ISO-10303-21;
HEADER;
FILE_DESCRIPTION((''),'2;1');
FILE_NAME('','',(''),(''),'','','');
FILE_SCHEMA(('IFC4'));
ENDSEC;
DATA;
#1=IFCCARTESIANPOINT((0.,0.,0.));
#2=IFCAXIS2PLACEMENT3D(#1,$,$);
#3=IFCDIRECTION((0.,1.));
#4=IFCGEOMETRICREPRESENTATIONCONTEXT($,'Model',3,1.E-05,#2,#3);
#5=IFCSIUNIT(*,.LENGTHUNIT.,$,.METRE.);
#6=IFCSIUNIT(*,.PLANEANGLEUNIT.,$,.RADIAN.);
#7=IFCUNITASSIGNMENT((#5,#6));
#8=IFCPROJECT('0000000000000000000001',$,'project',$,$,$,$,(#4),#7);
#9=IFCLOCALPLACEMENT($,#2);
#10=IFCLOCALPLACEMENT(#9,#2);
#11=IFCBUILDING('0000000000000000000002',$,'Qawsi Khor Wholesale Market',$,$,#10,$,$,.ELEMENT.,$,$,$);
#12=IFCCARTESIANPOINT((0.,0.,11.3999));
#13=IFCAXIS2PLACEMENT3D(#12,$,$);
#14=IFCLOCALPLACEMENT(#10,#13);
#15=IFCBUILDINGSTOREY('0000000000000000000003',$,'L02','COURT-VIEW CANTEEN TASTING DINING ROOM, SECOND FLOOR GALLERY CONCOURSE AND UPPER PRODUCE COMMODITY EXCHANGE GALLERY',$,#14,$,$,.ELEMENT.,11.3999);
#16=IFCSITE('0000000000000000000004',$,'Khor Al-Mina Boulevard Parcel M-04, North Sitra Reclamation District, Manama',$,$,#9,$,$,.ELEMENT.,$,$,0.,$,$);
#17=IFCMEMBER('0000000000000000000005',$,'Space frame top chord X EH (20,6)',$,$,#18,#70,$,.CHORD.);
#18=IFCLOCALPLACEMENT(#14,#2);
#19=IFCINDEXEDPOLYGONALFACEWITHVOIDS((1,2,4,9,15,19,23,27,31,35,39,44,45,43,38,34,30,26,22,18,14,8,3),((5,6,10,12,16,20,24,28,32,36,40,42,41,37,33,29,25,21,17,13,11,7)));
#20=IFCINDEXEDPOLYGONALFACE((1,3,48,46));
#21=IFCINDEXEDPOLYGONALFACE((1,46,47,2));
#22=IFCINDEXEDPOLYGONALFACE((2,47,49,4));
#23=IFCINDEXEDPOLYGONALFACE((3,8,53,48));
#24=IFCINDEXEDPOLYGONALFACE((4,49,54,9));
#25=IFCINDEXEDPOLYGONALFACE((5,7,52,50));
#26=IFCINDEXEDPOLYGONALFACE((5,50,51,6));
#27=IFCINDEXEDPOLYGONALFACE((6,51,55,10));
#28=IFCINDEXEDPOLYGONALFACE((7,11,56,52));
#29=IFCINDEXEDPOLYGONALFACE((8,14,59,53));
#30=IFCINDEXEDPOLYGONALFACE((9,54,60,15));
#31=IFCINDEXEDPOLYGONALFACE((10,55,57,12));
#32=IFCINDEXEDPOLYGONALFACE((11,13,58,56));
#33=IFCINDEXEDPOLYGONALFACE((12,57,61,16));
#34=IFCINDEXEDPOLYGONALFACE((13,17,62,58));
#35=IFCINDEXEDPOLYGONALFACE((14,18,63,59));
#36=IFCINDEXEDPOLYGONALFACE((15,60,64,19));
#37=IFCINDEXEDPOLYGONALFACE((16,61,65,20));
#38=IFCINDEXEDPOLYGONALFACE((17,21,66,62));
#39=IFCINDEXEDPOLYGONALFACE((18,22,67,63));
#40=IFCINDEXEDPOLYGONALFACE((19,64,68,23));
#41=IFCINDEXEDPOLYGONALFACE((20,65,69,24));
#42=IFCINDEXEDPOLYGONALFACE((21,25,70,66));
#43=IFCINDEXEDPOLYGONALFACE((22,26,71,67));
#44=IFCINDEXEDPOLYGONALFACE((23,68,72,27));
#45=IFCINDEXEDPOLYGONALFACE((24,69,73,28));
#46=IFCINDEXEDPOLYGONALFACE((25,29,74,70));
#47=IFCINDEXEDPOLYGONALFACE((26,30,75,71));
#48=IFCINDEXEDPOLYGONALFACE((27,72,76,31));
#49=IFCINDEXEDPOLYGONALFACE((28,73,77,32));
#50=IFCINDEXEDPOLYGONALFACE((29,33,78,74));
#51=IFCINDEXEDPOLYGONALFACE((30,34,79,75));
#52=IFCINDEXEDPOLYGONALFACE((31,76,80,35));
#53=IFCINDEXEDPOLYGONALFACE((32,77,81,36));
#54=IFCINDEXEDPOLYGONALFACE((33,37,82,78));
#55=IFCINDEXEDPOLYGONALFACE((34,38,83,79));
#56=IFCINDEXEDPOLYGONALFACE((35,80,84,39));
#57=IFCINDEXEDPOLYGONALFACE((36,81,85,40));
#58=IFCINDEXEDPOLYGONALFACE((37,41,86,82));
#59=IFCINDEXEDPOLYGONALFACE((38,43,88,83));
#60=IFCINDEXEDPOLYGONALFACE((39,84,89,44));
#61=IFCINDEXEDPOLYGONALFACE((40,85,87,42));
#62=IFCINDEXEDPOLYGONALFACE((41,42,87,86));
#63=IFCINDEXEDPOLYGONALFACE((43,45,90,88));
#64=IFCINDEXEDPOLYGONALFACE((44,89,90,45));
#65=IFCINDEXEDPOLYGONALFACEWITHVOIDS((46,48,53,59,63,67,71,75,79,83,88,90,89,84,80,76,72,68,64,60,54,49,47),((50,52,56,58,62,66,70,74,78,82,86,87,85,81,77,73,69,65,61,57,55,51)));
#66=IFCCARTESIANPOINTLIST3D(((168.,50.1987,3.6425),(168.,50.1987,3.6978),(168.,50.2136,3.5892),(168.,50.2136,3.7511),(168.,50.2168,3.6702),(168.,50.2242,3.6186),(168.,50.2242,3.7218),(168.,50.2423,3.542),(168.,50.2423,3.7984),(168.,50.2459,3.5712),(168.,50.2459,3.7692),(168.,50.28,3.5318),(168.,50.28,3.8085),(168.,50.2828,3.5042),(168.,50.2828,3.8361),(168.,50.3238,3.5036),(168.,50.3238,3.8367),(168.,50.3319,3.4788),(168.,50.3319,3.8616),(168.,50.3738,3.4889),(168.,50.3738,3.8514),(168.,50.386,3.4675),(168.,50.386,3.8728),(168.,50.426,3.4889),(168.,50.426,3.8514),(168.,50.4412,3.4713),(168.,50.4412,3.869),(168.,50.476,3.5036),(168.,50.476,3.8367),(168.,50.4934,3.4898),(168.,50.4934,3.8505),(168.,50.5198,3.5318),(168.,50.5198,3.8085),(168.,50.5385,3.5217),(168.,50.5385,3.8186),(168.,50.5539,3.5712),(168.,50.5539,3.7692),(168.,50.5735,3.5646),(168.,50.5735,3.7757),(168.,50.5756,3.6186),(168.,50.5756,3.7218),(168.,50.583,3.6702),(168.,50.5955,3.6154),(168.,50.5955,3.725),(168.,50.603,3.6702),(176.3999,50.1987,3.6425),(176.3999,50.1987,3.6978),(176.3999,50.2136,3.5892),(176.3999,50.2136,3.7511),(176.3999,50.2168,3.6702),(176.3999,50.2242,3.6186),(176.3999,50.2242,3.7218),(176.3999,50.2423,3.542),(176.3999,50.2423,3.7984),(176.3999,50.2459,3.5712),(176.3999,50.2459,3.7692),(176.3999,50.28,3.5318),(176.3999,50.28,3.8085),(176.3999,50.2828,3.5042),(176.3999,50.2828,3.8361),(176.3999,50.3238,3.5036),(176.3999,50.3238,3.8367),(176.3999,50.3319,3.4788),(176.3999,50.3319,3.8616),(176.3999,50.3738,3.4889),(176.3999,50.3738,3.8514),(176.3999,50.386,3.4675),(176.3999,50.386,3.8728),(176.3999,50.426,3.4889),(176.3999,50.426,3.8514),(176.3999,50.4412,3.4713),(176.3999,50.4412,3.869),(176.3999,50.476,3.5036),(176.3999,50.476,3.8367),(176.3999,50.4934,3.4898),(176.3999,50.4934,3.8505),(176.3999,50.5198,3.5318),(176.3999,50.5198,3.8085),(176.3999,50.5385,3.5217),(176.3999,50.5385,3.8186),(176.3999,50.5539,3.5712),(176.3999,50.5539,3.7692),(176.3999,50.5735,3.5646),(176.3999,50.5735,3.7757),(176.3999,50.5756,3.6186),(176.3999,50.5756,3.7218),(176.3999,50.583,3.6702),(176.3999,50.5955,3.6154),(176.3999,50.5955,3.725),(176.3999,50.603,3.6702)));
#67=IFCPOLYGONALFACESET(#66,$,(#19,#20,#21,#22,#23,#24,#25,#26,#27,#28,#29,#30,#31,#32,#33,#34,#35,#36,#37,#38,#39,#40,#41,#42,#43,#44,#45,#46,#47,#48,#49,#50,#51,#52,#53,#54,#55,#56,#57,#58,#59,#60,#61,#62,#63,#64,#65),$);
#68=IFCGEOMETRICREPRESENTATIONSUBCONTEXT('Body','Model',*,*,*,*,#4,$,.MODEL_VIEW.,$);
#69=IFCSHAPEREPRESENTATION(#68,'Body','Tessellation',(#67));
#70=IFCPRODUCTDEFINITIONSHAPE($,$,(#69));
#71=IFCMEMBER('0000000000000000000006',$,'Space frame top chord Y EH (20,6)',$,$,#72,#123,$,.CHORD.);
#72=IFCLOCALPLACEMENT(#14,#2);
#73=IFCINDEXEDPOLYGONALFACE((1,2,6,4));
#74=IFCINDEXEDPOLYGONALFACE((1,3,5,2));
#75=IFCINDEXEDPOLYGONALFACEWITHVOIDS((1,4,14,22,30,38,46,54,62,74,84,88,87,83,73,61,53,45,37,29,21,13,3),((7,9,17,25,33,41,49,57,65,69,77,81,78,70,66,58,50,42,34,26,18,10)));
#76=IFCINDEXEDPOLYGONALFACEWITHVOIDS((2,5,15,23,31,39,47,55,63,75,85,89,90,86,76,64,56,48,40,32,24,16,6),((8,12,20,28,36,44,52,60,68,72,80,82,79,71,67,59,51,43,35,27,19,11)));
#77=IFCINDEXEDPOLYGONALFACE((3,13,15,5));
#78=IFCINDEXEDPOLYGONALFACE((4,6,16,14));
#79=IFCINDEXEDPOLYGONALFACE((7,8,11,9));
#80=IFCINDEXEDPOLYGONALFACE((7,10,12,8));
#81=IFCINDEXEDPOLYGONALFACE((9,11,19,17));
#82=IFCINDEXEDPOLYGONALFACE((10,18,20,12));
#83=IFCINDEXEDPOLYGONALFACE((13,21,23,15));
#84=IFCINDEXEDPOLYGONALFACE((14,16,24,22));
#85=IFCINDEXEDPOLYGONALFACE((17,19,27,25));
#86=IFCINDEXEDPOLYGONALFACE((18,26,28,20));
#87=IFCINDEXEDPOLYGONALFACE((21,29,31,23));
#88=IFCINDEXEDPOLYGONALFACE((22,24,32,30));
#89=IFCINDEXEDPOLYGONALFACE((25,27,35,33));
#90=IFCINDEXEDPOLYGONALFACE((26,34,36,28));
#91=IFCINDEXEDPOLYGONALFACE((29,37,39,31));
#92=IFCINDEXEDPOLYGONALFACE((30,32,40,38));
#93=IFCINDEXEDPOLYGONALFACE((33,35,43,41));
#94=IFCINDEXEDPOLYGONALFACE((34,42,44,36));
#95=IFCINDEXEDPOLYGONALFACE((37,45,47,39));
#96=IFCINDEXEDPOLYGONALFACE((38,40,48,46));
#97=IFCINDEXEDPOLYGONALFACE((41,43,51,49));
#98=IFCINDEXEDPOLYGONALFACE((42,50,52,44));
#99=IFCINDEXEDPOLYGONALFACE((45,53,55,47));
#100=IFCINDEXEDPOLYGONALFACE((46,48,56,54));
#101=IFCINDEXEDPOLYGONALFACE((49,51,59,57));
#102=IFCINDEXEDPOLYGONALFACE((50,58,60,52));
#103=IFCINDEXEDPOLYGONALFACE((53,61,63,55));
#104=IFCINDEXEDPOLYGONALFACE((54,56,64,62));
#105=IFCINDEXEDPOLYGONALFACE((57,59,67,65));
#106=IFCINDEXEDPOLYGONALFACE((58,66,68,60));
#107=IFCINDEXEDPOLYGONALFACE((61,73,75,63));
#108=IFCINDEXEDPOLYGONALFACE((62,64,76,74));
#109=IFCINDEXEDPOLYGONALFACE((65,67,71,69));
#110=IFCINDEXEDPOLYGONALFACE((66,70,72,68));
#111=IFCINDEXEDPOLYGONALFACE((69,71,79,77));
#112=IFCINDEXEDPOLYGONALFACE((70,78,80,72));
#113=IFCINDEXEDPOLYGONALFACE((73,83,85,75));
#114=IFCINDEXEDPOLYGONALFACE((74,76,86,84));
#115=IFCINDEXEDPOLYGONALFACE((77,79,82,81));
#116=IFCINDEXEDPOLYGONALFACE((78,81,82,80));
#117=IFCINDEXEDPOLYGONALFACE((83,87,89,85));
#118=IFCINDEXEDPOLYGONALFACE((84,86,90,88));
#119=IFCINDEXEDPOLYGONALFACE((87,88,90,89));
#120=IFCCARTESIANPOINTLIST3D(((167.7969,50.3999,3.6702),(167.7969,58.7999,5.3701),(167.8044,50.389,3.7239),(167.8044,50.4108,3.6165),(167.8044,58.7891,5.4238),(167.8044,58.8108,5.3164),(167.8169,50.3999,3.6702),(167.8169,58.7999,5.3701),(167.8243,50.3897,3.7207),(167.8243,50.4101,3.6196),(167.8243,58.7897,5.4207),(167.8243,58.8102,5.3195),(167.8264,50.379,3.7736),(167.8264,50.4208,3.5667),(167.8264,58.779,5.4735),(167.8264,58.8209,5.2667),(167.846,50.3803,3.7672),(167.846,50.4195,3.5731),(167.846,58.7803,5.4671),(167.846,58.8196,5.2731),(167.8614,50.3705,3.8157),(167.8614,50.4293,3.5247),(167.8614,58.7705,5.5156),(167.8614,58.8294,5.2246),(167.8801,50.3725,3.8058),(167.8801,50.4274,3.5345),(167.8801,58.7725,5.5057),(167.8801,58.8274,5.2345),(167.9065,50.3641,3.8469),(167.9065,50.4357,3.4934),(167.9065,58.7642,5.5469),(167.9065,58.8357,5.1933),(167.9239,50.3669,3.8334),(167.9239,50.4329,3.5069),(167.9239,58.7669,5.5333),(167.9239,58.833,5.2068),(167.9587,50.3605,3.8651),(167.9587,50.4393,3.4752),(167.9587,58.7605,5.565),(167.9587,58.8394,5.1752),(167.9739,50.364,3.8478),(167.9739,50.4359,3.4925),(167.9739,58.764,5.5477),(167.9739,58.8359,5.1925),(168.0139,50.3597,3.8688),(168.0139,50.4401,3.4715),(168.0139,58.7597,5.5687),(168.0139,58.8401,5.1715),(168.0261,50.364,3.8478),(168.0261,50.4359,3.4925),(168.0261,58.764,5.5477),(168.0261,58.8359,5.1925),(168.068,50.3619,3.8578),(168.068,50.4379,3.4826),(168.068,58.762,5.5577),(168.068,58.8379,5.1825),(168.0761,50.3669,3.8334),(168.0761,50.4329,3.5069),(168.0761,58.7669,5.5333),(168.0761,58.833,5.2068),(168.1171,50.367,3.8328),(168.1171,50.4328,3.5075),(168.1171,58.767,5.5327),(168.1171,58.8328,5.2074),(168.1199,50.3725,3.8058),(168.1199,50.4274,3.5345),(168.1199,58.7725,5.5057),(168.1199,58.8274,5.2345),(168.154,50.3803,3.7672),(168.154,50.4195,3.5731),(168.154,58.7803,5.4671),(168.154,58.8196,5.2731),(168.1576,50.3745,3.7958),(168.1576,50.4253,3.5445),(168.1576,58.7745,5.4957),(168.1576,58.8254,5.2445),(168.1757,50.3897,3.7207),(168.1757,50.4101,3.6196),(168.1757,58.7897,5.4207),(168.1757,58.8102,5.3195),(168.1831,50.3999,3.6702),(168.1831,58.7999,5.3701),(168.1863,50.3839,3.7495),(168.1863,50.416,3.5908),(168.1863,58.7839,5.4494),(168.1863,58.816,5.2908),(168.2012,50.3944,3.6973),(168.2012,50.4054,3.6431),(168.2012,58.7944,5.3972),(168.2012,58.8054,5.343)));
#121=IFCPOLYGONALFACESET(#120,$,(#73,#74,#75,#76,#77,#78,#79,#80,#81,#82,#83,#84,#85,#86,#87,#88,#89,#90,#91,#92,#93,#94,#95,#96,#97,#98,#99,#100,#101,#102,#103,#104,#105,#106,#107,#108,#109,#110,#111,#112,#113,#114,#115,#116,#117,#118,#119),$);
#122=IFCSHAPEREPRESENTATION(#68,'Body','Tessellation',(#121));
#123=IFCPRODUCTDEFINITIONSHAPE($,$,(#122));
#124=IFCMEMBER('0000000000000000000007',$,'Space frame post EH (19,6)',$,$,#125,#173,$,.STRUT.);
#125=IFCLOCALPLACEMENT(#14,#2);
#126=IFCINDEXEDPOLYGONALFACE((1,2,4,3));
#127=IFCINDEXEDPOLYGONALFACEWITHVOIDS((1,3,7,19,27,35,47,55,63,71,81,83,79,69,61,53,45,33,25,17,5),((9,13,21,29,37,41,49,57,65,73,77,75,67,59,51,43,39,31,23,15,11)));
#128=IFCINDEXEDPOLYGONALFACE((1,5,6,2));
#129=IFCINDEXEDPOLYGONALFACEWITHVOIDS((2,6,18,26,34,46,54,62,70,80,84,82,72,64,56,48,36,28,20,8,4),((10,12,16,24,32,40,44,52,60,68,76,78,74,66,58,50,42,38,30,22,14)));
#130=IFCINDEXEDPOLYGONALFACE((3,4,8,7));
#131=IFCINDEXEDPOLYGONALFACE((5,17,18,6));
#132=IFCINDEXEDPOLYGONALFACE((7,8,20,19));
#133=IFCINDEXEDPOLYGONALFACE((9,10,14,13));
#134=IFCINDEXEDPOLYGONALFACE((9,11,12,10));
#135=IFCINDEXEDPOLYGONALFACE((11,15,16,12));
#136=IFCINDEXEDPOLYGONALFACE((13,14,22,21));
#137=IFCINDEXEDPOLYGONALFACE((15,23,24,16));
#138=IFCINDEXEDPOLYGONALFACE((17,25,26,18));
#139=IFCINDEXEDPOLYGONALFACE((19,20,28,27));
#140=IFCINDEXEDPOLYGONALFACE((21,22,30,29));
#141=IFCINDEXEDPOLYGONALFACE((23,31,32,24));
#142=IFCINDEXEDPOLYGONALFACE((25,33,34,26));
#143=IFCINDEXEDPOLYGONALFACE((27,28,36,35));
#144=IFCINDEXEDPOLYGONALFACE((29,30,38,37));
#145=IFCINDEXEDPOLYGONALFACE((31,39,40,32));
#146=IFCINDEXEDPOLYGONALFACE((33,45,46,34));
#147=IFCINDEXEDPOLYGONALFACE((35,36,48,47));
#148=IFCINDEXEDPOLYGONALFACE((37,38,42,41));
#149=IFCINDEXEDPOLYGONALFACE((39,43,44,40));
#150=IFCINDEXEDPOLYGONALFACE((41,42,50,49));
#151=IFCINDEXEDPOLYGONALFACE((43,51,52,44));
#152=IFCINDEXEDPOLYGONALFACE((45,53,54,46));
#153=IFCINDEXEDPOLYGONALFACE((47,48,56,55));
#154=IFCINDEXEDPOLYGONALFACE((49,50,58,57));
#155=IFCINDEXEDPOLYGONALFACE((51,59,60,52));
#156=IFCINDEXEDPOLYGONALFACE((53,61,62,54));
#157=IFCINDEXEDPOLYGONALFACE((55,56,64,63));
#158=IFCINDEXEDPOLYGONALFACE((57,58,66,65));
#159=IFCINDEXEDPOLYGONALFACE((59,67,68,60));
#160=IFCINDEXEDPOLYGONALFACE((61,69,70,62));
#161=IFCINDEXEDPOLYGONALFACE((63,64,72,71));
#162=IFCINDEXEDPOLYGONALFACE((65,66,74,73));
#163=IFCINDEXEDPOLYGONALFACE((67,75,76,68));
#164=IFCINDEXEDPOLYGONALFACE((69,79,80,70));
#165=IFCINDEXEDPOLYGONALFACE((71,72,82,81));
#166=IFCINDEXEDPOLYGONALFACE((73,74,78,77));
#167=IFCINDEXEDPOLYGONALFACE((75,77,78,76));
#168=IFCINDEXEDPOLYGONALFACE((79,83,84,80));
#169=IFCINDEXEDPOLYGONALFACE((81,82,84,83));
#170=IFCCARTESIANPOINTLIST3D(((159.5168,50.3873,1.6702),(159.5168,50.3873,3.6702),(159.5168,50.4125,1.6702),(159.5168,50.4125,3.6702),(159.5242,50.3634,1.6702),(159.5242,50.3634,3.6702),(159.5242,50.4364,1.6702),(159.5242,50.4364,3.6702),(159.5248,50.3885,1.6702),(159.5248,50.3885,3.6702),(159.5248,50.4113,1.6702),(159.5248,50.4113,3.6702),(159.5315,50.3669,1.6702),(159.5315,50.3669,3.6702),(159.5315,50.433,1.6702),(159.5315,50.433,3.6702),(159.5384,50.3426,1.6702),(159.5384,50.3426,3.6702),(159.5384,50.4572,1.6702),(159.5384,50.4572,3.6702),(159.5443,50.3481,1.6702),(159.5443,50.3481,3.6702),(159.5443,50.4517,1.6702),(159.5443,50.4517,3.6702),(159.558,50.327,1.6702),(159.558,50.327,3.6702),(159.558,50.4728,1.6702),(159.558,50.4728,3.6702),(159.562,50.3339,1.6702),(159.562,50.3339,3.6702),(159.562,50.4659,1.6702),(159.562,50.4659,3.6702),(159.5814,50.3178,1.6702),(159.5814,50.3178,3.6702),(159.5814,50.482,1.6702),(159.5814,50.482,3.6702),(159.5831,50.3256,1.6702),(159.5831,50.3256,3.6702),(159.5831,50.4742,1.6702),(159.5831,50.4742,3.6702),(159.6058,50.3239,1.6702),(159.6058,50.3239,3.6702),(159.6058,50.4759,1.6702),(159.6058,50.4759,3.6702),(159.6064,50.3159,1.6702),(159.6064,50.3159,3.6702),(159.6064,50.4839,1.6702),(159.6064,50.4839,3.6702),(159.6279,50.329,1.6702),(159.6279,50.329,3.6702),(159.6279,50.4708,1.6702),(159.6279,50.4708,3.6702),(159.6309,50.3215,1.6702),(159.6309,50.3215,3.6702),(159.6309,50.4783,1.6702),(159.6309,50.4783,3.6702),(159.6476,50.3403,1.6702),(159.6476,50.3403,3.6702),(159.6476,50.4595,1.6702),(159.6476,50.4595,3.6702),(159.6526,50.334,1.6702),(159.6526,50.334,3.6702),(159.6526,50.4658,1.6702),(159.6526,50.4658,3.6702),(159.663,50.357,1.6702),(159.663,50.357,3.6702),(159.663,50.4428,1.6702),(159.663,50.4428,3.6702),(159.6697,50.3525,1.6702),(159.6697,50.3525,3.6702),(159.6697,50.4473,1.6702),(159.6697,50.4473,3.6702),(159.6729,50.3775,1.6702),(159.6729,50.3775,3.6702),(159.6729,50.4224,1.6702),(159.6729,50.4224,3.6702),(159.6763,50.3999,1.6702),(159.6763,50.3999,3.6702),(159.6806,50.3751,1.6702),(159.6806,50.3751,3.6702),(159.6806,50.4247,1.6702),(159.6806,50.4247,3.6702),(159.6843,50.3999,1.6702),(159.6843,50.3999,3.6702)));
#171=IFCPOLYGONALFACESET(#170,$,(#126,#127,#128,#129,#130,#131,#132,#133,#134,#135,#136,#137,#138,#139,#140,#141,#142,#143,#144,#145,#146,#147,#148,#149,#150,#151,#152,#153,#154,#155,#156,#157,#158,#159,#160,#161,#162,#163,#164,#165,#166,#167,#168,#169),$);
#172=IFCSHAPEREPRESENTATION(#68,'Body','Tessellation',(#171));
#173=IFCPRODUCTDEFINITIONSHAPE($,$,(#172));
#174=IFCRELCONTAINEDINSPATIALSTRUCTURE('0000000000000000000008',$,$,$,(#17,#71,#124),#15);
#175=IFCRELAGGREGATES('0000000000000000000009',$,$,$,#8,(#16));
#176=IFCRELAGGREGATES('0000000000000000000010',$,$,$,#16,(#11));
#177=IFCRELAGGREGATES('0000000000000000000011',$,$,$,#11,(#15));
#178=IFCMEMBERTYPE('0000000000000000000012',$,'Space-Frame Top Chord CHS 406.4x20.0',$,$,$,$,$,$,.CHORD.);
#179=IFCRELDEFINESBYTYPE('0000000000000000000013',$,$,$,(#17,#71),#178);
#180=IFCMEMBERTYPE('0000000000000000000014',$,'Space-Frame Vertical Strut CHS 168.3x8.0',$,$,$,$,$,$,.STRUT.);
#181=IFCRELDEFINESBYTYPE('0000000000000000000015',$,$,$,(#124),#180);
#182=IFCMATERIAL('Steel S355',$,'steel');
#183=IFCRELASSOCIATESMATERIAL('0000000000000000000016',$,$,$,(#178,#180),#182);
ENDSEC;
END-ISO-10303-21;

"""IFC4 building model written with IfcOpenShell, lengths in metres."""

from ifc_helpers import new_model, si_unit, direction, frame, origin, origin_2d, place, context, subcontext, project, spatial, hollow_circle, extrude, material, material_profile, profile_set, type_object, element, save


model = new_model("IFC4")

# Units and contexts
model_context = context("Model", 3, precision=1e-05, world=origin(), true_north=direction((0.0, 1.0)))
body_context = subcontext(model_context, "Body", "Model", "MODEL_VIEW")
ifc_project = project(units=[si_unit("LENGTHUNIT", "METRE"), si_unit("PLANEANGLEUNIT", "RADIAN")], contexts=[model_context])

# Site, building, storey
site_placement = place(None, origin())
site = spatial("IfcSite", under=ifc_project, at=site_placement, Name="Khor Al-Mina Boulevard Parcel M-04, North Sitra Reclamation District, Manama", CompositionType="ELEMENT", RefElevation=0.0)
building_placement = place(site_placement, origin())
building = spatial("IfcBuilding", under=site, at=building_placement, Name="Qawsi Khor Wholesale Market", CompositionType="ELEMENT")
storey_placement = place(building_placement, frame((0.0, 0.0, 11.3999)))
storey = spatial("IfcBuildingStorey", under=building, at=storey_placement, Name="L02", Description="COURT-VIEW CANTEEN TASTING DINING ROOM, SECOND FLOOR GALLERY CONCOURSE AND UPPER PRODUCE COMMODITY EXCHANGE GALLERY", CompositionType="ELEMENT", Elevation=11.3999)

# Members
ifc_material_1 = material(Name="Steel S355", Category="steel")
ifc_material_profile_1 = material_profile(ifc_material_1, hollow_circle(Radius=0.2031, WallThickness=0.02, at=origin_2d()), Name="CHS 406.4x20.0")
ifc_profile_set_1 = profile_set([ifc_material_profile_1], Name="Steel S355")
member_type_1 = type_object("IfcMemberType", Name="Space-Frame Top Chord CHS 406.4x20.0", PredefinedType="CHORD", material=ifc_profile_set_1)
for number, where, z_axis, x_axis, name in (
    (1, (168.0, 50.3999, 3.6702), (1.0, 0.0, 0.0), (0.0, 1.0, 0.0), "Space frame top chord X EH (20,6)"),
):
    element("IfcMember", number, at=place(storey_placement, frame(where, z_axis=z_axis, x_axis=x_axis)), inside=storey, type_object=member_type_1, Name=name, PredefinedType="CHORD", context=body_context, shape_type="SweptSolid", body=[
        extrude(hollow_circle(Radius=0.2031, WallThickness=0.02, at=origin_2d()), origin(), (0.0, 0.0, 1.0), 8.3999),
    ])
member_1_placement = place(storey_placement, frame((168.0, 50.3999, 3.6702), z_axis=(0.0, 0.980131, 0.198351), x_axis=(-1.0, 0.0, 0.0)))
element("IfcMember", 2, at=member_1_placement, inside=storey, type_object=member_type_1, Name="Space frame top chord Y EH (20,6)", PredefinedType="CHORD", context=body_context, shape_type="SweptSolid", body=[
    extrude(hollow_circle(Radius=0.2031, WallThickness=0.02, at=origin_2d()), origin(), (0.0, 0.0, 1.0), 8.5703),
])
ifc_material_profile_2 = material_profile(ifc_material_1, hollow_circle(Radius=0.0842, WallThickness=0.0081, at=origin_2d()), Name="CHS 168.3x8.0")
ifc_profile_set_2 = profile_set([ifc_material_profile_2], Name="Steel S355")
member_type_2 = type_object("IfcMemberType", Name="Space-Frame Vertical Strut CHS 168.3x8.0", PredefinedType="STRUT", material=ifc_profile_set_2)
for number, where, z_axis, x_axis, name in (
    (3, (159.6001, 50.3999, 1.6702), (0.0, 0.0, 1.0), (1.0, 0.0, 0.0), "Space frame post EH (19,6)"),
):
    element("IfcMember", number, at=place(storey_placement, frame(where, z_axis=z_axis, x_axis=x_axis)), inside=storey, type_object=member_type_2, Name=name, PredefinedType="STRUT", context=body_context, shape_type="SweptSolid", body=[
        extrude(hollow_circle(Radius=0.0842, WallThickness=0.0081, at=origin_2d()), origin(), (0.0, 0.0, 1.0), 2.0),
    ])

save(model, "model.ifc")
